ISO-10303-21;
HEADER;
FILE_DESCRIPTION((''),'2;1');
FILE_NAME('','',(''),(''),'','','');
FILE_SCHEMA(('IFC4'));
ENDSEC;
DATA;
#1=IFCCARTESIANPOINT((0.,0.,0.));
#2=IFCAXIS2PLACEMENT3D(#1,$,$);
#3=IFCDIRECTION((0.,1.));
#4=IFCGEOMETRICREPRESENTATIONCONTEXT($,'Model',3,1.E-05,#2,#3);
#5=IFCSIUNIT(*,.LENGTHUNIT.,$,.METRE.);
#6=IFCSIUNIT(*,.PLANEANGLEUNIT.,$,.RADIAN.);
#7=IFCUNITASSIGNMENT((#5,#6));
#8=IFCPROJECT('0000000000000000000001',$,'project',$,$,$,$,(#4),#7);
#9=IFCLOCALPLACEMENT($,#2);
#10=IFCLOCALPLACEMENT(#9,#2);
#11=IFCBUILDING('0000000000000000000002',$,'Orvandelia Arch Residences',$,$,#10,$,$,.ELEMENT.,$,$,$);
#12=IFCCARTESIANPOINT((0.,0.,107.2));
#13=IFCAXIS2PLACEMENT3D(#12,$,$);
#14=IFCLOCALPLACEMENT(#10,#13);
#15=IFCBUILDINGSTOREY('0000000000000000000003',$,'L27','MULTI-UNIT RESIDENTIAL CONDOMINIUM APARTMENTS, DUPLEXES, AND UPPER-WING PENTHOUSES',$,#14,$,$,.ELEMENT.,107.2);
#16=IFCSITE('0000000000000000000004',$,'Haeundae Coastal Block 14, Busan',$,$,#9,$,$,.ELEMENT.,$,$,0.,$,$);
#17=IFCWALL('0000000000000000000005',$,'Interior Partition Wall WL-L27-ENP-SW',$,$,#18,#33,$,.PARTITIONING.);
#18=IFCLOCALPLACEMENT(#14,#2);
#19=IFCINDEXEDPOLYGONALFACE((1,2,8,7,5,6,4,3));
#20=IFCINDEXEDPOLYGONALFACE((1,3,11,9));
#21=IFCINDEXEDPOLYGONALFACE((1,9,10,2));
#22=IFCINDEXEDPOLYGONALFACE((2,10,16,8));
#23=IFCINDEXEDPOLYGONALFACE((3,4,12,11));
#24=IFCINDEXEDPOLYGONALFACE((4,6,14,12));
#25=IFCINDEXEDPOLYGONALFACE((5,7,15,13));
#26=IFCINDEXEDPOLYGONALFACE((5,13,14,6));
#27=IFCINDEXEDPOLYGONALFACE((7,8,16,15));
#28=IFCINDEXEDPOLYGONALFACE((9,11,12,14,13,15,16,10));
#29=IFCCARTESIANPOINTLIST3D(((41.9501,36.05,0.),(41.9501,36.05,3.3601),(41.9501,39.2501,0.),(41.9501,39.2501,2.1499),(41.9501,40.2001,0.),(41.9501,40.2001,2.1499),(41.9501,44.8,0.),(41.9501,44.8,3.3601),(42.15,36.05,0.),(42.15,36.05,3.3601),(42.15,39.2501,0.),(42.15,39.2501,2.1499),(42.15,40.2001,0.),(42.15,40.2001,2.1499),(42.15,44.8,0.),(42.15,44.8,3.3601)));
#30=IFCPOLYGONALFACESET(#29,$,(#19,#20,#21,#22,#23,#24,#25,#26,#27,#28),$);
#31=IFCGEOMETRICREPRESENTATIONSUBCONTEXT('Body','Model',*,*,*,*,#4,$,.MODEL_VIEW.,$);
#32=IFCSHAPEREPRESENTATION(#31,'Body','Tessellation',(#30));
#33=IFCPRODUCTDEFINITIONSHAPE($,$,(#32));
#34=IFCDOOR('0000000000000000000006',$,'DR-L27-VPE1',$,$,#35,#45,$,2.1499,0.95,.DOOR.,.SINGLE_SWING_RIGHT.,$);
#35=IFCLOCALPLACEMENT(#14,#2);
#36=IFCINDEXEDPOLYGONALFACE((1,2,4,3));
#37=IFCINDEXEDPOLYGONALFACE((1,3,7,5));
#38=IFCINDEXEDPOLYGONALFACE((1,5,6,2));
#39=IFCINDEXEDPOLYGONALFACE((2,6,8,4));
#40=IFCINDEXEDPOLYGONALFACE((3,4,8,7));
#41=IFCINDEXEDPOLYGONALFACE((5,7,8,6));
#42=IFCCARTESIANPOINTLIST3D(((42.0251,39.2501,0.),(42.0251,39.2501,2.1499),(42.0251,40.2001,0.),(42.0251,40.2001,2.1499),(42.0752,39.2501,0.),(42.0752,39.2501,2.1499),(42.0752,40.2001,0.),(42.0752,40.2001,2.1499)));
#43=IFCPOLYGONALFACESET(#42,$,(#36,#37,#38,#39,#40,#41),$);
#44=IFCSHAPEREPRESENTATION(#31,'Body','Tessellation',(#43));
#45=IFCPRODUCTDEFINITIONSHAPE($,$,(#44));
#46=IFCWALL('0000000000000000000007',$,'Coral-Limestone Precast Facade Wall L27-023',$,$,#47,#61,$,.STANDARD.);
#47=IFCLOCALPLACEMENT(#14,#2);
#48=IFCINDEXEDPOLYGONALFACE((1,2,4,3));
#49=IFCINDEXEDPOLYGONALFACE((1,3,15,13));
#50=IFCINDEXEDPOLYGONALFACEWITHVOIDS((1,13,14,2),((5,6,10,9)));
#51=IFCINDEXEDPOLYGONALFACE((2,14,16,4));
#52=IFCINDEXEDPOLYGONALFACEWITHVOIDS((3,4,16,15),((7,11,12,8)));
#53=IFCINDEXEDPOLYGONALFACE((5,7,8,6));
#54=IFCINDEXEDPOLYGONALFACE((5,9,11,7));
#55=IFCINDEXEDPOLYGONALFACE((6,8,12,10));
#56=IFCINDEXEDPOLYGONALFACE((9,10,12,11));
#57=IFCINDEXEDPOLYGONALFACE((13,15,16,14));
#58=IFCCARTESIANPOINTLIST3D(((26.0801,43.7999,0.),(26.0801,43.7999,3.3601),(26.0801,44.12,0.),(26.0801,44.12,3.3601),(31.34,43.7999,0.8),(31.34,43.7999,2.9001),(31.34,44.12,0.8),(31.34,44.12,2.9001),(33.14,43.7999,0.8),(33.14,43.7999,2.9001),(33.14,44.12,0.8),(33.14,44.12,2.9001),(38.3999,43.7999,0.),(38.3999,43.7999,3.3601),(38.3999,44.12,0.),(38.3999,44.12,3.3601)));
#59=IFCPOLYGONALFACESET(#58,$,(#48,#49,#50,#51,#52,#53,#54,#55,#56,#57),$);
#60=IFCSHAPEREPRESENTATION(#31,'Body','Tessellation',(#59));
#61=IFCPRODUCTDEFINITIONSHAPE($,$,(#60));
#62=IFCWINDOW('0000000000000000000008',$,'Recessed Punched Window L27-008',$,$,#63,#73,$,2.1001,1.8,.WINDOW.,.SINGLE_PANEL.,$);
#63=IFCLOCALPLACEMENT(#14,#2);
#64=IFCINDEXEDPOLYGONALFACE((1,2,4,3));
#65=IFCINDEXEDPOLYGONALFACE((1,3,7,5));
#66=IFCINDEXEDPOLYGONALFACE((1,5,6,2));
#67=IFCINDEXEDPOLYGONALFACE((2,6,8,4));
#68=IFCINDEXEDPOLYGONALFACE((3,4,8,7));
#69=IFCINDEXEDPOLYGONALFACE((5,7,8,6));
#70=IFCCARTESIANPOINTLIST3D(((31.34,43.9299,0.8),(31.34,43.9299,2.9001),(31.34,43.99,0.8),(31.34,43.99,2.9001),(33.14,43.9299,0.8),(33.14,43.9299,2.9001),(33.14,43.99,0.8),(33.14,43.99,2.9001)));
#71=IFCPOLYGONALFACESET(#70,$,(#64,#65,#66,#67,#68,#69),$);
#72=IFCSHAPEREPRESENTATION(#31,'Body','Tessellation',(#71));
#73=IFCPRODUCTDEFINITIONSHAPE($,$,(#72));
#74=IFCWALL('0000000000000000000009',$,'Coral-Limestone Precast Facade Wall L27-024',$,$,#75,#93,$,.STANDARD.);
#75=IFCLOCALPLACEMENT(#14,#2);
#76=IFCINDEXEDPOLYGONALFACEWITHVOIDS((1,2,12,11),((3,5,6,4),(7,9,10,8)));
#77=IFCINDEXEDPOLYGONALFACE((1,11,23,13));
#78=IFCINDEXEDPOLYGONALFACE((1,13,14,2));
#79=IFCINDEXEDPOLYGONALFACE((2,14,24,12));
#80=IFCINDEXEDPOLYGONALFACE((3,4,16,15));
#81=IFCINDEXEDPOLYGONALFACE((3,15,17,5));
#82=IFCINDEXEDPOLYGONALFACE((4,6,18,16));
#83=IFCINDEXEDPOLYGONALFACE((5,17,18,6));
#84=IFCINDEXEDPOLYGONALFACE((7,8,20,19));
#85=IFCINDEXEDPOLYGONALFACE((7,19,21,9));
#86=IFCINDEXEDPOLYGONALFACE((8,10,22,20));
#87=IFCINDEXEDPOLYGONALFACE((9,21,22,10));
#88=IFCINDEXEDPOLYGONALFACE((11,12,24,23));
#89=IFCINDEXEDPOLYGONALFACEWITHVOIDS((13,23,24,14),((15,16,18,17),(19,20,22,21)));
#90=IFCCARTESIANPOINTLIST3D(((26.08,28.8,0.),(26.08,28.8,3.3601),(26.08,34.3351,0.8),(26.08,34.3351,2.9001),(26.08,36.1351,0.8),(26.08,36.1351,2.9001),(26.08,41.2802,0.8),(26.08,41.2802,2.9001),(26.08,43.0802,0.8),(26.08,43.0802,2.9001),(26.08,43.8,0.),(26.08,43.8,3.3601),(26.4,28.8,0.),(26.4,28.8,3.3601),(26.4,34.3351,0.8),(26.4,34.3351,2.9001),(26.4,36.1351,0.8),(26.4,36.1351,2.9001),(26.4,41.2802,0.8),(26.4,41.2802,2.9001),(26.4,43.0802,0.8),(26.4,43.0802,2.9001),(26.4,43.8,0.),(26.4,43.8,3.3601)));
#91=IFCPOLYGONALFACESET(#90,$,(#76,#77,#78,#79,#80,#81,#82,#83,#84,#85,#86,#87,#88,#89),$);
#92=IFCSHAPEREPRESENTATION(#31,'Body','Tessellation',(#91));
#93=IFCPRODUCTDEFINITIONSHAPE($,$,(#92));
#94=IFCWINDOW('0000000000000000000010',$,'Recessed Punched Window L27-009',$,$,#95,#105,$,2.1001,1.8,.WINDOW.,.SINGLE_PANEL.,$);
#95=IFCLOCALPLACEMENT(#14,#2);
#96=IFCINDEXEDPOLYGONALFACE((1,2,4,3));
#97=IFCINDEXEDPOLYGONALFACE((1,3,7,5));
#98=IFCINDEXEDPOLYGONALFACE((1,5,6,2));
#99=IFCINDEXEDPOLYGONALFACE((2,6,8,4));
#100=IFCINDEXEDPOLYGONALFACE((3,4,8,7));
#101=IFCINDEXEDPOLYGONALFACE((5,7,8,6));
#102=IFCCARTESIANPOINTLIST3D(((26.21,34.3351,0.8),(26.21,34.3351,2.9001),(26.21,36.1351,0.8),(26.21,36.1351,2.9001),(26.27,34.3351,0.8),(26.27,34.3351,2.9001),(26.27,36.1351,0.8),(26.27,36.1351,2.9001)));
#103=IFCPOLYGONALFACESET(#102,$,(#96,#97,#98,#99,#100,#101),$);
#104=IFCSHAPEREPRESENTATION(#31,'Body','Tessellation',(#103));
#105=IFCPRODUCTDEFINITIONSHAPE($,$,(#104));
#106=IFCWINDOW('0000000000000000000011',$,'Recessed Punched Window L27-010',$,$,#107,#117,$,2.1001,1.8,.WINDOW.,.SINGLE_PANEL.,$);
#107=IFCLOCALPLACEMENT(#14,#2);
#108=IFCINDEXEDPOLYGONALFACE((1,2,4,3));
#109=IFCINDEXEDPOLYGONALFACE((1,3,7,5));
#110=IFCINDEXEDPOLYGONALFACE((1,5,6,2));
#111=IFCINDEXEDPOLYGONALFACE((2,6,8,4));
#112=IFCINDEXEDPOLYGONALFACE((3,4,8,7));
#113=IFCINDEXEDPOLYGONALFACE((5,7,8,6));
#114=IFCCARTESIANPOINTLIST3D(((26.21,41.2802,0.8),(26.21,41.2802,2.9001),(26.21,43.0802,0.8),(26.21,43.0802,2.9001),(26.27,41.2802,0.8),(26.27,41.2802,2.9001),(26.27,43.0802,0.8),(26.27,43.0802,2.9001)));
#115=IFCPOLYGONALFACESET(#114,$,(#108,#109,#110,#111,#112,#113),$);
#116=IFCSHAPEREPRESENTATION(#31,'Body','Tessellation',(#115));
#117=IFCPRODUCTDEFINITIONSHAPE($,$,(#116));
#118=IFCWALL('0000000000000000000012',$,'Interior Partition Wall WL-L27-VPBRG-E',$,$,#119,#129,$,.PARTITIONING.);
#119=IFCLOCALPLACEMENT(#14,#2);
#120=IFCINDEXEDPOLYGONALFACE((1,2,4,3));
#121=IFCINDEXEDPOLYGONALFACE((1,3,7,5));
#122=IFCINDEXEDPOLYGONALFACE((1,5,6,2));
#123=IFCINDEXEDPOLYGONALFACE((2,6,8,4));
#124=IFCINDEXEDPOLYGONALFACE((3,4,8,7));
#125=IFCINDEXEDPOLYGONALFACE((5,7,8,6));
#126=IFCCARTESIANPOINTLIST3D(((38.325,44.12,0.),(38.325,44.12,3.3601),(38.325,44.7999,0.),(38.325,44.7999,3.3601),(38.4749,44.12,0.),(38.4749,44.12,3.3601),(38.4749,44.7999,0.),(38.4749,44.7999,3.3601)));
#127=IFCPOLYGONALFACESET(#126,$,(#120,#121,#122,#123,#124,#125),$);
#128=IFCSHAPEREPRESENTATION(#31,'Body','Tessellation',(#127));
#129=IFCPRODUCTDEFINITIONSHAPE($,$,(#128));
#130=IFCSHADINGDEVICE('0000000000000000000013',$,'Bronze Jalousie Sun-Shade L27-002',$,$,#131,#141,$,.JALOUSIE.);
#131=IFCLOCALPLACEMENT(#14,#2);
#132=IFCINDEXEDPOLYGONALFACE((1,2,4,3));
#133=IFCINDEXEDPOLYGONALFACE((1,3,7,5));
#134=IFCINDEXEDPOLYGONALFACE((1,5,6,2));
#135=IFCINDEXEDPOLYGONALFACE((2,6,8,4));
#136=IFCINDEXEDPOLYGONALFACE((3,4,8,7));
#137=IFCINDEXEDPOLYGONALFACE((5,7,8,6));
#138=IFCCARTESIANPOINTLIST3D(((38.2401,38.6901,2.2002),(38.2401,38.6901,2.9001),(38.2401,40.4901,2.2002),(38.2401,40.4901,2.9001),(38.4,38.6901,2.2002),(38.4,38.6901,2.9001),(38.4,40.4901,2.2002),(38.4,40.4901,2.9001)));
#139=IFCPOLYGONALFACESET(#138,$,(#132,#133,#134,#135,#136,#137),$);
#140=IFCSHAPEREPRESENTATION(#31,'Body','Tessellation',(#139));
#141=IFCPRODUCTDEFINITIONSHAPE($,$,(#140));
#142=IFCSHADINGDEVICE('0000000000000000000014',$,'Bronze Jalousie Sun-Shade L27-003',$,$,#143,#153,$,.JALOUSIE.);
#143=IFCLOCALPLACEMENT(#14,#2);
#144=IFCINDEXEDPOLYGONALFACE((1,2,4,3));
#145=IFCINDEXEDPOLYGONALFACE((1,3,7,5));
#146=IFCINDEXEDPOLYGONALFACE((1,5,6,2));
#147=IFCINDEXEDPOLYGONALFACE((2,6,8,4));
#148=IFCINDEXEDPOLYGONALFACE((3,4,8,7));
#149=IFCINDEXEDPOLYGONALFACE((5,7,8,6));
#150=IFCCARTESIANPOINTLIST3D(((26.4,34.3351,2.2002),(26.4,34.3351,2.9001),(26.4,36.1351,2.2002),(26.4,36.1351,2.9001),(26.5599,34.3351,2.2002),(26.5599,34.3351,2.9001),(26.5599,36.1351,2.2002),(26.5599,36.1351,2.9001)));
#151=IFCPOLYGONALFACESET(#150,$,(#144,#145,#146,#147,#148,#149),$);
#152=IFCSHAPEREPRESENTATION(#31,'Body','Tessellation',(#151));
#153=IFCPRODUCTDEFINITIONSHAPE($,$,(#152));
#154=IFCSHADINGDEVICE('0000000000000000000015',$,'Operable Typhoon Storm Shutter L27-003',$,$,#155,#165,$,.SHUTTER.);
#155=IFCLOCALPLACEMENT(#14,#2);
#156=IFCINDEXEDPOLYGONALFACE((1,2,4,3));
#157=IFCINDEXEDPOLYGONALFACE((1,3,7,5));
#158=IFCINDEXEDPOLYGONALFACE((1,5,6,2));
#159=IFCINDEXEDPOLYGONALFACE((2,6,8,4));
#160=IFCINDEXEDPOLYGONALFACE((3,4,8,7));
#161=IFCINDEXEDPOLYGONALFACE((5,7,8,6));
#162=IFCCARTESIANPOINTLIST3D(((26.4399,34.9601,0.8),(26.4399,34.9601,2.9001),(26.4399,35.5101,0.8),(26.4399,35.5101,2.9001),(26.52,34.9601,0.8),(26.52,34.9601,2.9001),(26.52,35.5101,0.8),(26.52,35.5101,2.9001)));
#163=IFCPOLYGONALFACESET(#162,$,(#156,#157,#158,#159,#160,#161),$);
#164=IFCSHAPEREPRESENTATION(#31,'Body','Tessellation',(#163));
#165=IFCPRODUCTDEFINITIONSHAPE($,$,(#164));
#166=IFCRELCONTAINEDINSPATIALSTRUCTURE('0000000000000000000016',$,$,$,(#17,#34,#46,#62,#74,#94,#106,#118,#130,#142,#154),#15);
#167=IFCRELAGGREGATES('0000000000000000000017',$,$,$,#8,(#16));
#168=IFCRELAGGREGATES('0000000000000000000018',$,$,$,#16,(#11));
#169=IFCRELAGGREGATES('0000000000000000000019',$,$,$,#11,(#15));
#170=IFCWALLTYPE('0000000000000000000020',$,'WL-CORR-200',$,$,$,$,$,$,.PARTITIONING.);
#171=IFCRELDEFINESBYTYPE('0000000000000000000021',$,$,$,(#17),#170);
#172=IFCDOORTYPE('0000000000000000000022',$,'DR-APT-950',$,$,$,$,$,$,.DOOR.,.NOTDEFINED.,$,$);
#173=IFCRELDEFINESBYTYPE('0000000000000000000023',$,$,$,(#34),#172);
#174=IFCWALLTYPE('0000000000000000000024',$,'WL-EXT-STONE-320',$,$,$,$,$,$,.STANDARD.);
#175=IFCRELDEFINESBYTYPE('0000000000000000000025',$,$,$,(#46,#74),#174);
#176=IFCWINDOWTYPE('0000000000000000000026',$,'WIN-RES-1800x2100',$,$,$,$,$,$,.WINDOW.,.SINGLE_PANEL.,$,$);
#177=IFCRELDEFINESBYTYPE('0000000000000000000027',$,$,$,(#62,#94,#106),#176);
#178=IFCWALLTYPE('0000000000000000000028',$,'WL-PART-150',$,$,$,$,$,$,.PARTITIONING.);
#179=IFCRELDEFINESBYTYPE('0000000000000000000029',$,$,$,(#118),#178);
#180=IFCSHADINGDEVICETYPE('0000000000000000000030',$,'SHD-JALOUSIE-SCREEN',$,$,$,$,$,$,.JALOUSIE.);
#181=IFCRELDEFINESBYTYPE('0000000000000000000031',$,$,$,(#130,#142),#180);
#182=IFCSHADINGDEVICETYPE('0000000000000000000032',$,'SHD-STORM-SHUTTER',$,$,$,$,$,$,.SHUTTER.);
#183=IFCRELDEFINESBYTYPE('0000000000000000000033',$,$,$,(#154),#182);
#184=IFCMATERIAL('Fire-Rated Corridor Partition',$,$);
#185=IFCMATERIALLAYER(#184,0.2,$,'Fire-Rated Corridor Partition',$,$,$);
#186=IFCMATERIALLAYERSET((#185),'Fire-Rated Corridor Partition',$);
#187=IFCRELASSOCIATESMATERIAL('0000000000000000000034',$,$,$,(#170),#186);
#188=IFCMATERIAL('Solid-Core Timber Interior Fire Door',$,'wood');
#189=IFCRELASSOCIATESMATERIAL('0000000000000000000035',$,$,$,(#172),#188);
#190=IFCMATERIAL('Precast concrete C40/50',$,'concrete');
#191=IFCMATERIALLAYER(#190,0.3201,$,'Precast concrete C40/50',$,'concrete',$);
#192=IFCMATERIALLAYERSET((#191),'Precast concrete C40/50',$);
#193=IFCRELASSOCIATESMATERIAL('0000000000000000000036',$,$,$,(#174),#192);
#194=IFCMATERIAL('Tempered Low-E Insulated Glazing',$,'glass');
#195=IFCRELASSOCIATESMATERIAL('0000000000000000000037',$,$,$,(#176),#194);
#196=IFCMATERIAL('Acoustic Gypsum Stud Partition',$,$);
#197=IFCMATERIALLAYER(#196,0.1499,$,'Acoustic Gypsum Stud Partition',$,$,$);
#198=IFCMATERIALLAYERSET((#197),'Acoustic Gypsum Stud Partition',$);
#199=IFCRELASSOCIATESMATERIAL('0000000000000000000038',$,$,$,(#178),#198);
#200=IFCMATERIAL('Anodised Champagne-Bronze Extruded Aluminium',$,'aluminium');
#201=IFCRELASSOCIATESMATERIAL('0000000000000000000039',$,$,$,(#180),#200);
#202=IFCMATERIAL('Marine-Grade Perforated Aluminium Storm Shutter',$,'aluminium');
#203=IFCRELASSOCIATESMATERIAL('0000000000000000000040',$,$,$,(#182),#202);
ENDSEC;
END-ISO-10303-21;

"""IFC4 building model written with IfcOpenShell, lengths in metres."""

from ifc_helpers import new_model, si_unit, direction, frame, frame_2d, origin, origin_2d, place, context, subcontext, project, spatial, rectangle, extrude, material, layer, layer_set, type_object, element, fill, save


model = new_model("IFC4")

# Units and contexts
model_context = context("Model", 3, precision=1e-05, world=origin(), true_north=direction((0.0, 1.0)))
body_context = subcontext(model_context, "Body", "Model", "MODEL_VIEW")
ifc_project = project(units=[si_unit("LENGTHUNIT", "METRE"), si_unit("PLANEANGLEUNIT", "RADIAN")], contexts=[model_context])

# Site, building, storey
site_placement = place(None, origin())
site = spatial("IfcSite", under=ifc_project, at=site_placement, Name="Haeundae Coastal Block 14, Busan", CompositionType="ELEMENT", RefElevation=0.0)
building_placement = place(site_placement, origin())
building = spatial("IfcBuilding", under=site, at=building_placement, Name="Orvandelia Arch Residences", CompositionType="ELEMENT")
storey_placement = place(building_placement, frame((0.0, 0.0, 107.2)))
storey = spatial("IfcBuildingStorey", under=building, at=storey_placement, Name="L27", Description="MULTI-UNIT RESIDENTIAL CONDOMINIUM APARTMENTS, DUPLEXES, AND UPPER-WING PENTHOUSES", CompositionType="ELEMENT", Elevation=107.2)

# Wall, opening, door
ifc_material_1 = material(Name="Fire-Rated Corridor Partition")
ifc_layer_1 = layer(ifc_material_1, 0.2, Name="Fire-Rated Corridor Partition")
ifc_layer_set_1 = layer_set([ifc_layer_1], Name="Fire-Rated Corridor Partition")
wall_type_1 = type_object("IfcWallType", Name="WL-CORR-200", PredefinedType="PARTITIONING", material=ifc_layer_set_1)
wall_1_placement = place(storey_placement, frame((42.05, 36.05, 0.0), z_axis=(0.0, 0.0, 1.0), x_axis=(0.0, 1.0, 0.0)))
wall_1 = element("IfcWall", 1, at=wall_1_placement, inside=storey, type_object=wall_type_1, Name="Interior Partition Wall WL-L27-ENP-SW", PredefinedType="PARTITIONING", context=body_context, shape_type="SweptSolid", body=[
    extrude(rectangle(XDim=8.75, YDim=0.2, at=frame_2d((4.375, 0.0))), origin(), (0.0, 0.0, 1.0), 3.3601),
])
opening_1_placement = place(wall_1_placement, frame((3.2, 0.0, 0.0)))
opening_1 = element("IfcOpeningElement", 2, at=opening_1_placement, cuts=wall_1, PredefinedType="OPENING", context=body_context, shape_type="SweptSolid", body=[
    extrude(rectangle(XDim=0.95, YDim=2.1499, at=frame_2d((0.4751, 1.075))), frame((0.0, 0.1099, 0.0), z_axis=(0.0, -1.0, 0.0), x_axis=(1.0, 0.0, 0.0)), (0.0, 0.0, 1.0), 0.22),
])
ifc_material_2 = material(Name="Solid-Core Timber Interior Fire Door", Category="wood")
door_type_1 = type_object("IfcDoorType", Name="DR-APT-950", OperationType="NOTDEFINED", PredefinedType="DOOR", material=ifc_material_2)
door_1_placement = place(opening_1_placement, origin())
door_1 = element("IfcDoor", 3, at=door_1_placement, inside=storey, type_object=door_type_1, Name="DR-L27-VPE1", OperationType="SINGLE_SWING_RIGHT", OverallHeight=2.1499, OverallWidth=0.95, PredefinedType="DOOR", context=body_context, shape_type="SweptSolid", body=[
    extrude(rectangle(XDim=0.95, YDim=2.1499, at=frame_2d((0.4751, 1.075))), frame((0.0, 0.0249, 0.0), z_axis=(0.0, -1.0, 0.0), x_axis=(1.0, 0.0, 0.0)), (0.0, 0.0, 1.0), 0.05),
])
fill(opening_1, door_1)

# Wall, opening, window
ifc_material_3 = material(Name="Precast concrete C40/50", Category="concrete")
ifc_layer_2 = layer(ifc_material_3, 0.3201, Name="Precast concrete C40/50", Category="concrete")
ifc_layer_set_2 = layer_set([ifc_layer_2], Name="Precast concrete C40/50")
wall_type_2 = type_object("IfcWallType", Name="WL-EXT-STONE-320", PredefinedType="STANDARD", material=ifc_layer_set_2)
wall_2_placement = place(storey_placement, frame((38.3999, 43.96, 0.0), z_axis=(0.0, 0.0, 1.0), x_axis=(-1.0, 0.0, 0.0)))
wall_2 = element("IfcWall", 4, at=wall_2_placement, inside=storey, type_object=wall_type_2, Name="Coral-Limestone Precast Facade Wall L27-023", PredefinedType="STANDARD", context=body_context, shape_type="SweptSolid", body=[
    extrude(rectangle(XDim=12.3198, YDim=0.3201, at=frame_2d((6.1599, 0.0))), origin(), (0.0, 0.0, 1.0), 3.3601),
])
opening_2_placement = place(wall_2_placement, frame((5.26, 0.0, 0.8)))
opening_2 = element("IfcOpeningElement", 5, at=opening_2_placement, cuts=wall_2, PredefinedType="OPENING", context=body_context, shape_type="SweptSolid", body=[
    extrude(rectangle(XDim=1.8, YDim=2.1001, at=frame_2d((0.8999, 1.05))), frame((0.0, 0.1699, 0.0), z_axis=(0.0, -1.0, 0.0), x_axis=(1.0, 0.0, 0.0)), (0.0, 0.0, 1.0), 0.3401),
])
ifc_material_4 = material(Name="Tempered Low-E Insulated Glazing", Category="glass")
window_type = type_object("IfcWindowType", Name="WIN-RES-1800x2100", PartitioningType="SINGLE_PANEL", PredefinedType="WINDOW", material=ifc_material_4)
window_1_placement = place(opening_2_placement, origin())
window_1 = element("IfcWindow", 6, at=window_1_placement, inside=storey, type_object=window_type, Name="Recessed Punched Window L27-008", OverallHeight=2.1001, OverallWidth=1.8, PartitioningType="SINGLE_PANEL", PredefinedType="WINDOW", context=body_context, shape_type="SweptSolid", body=[
    extrude(rectangle(XDim=1.8, YDim=2.1001, at=frame_2d((0.8999, 1.05))), frame((0.0, 0.03, 0.0), z_axis=(0.0, -1.0, 0.0), x_axis=(1.0, 0.0, 0.0)), (0.0, 0.0, 1.0), 0.0601),
])
fill(opening_2, window_1)

# Wall, openings, windows
wall_3_placement = place(storey_placement, frame((26.24, 43.8, 0.0), z_axis=(0.0, 0.0, 1.0), x_axis=(0.0, -1.0, 0.0)))
wall_3 = element("IfcWall", 7, at=wall_3_placement, inside=storey, type_object=wall_type_2, Name="Coral-Limestone Precast Facade Wall L27-024", PredefinedType="STANDARD", context=body_context, shape_type="SweptSolid", body=[
    extrude(rectangle(XDim=15.0, YDim=0.3201, at=frame_2d((7.5, 0.0))), origin(), (0.0, 0.0, 1.0), 3.3601),
])
opening_3_placement = place(wall_3_placement, frame((7.665, 0.0, 0.8)))
opening_3 = element("IfcOpeningElement", 8, at=opening_3_placement, cuts=wall_3, PredefinedType="OPENING", context=body_context, shape_type="SweptSolid", body=[
    extrude(rectangle(XDim=1.8, YDim=2.1001, at=frame_2d((0.8999, 1.05))), frame((0.0, 0.1699, 0.0), z_axis=(0.0, -1.0, 0.0), x_axis=(1.0, 0.0, 0.0)), (0.0, 0.0, 1.0), 0.3401),
])
opening_4_placement = place(wall_3_placement, frame((0.72, 0.0, 0.8)))
opening_4 = element("IfcOpeningElement", 9, at=opening_4_placement, cuts=wall_3, PredefinedType="OPENING", context=body_context, shape_type="SweptSolid", body=[
    extrude(rectangle(XDim=1.8, YDim=2.1001, at=frame_2d((0.8999, 1.05))), frame((0.0, 0.1699, 0.0), z_axis=(0.0, -1.0, 0.0), x_axis=(1.0, 0.0, 0.0)), (0.0, 0.0, 1.0), 0.3401),
])
window_2_placement = place(opening_3_placement, origin())
window_2 = element("IfcWindow", 10, at=window_2_placement, inside=storey, type_object=window_type, Name="Recessed Punched Window L27-009", OverallHeight=2.1001, OverallWidth=1.8, PartitioningType="SINGLE_PANEL", PredefinedType="WINDOW", context=body_context, shape_type="SweptSolid", body=[
    extrude(rectangle(XDim=1.8, YDim=2.1001, at=frame_2d((0.8999, 1.05))), frame((0.0, 0.03, 0.0), z_axis=(0.0, -1.0, 0.0), x_axis=(1.0, 0.0, 0.0)), (0.0, 0.0, 1.0), 0.0601),
])
fill(opening_3, window_2)
window_3_placement = place(opening_4_placement, origin())
window_3 = element("IfcWindow", 11, at=window_3_placement, inside=storey, type_object=window_type, Name="Recessed Punched Window L27-010", OverallHeight=2.1001, OverallWidth=1.8, PartitioningType="SINGLE_PANEL", PredefinedType="WINDOW", context=body_context, shape_type="SweptSolid", body=[
    extrude(rectangle(XDim=1.8, YDim=2.1001, at=frame_2d((0.8999, 1.05))), frame((0.0, 0.03, 0.0), z_axis=(0.0, -1.0, 0.0), x_axis=(1.0, 0.0, 0.0)), (0.0, 0.0, 1.0), 0.0601),
])
fill(opening_4, window_3)

# Wall
ifc_material_5 = material(Name="Acoustic Gypsum Stud Partition")
ifc_layer_3 = layer(ifc_material_5, 0.1499, Name="Acoustic Gypsum Stud Partition")
ifc_layer_set_3 = layer_set([ifc_layer_3], Name="Acoustic Gypsum Stud Partition")
wall_type_3 = type_object("IfcWallType", Name="WL-PART-150", PredefinedType="PARTITIONING", material=ifc_layer_set_3)
wall_4_placement = place(storey_placement, frame((38.3999, 44.1201, 0.0), z_axis=(0.0, 0.0, 1.0), x_axis=(0.0, 1.0, 0.0)))
element("IfcWall", 12, at=wall_4_placement, inside=storey, type_object=wall_type_3, Name="Interior Partition Wall WL-L27-VPBRG-E", PredefinedType="PARTITIONING", context=body_context, shape_type="SweptSolid", body=[
    extrude(rectangle(XDim=0.6799, YDim=0.1499, at=frame_2d((0.3398, 0.0))), origin(), (0.0, 0.0, 1.0), 3.3601),
])

# Shading devices
ifc_material_6 = material(Name="Anodised Champagne-Bronze Extruded Aluminium", Category="aluminium")
shading_device_type_1 = type_object("IfcShadingDeviceType", Name="SHD-JALOUSIE-SCREEN", PredefinedType="JALOUSIE", material=ifc_material_6)
for number, where, z_axis, x_axis, name in (
    (13, (38.3201, 39.5901, 2.2002), (0.0, 0.0, 1.0), (0.0, 1.0, 0.0), "Bronze Jalousie Sun-Shade L27-002"),
    (14, (26.48, 35.2351, 2.2002), (0.0, 0.0, 1.0), (0.0, -1.0, 0.0), "Bronze Jalousie Sun-Shade L27-003"),
):
    element("IfcShadingDevice", number, at=place(storey_placement, frame(where, z_axis=z_axis, x_axis=x_axis)), inside=storey, type_object=shading_device_type_1, Name=name, PredefinedType="JALOUSIE", context=body_context, shape_type="SweptSolid", body=[
        extrude(rectangle(XDim=1.8, YDim=0.1599, at=origin_2d()), origin(), (0.0, 0.0, 1.0), 0.7),
    ])
ifc_material_7 = material(Name="Marine-Grade Perforated Aluminium Storm Shutter", Category="aluminium")
shading_device_type_2 = type_object("IfcShadingDeviceType", Name="SHD-STORM-SHUTTER", PredefinedType="SHUTTER", material=ifc_material_7)
shading_device_placement = place(storey_placement, frame((26.48, 35.2351, 0.8), z_axis=(0.0, 0.0, 1.0), x_axis=(0.0, -1.0, 0.0)))
element("IfcShadingDevice", 15, at=shading_device_placement, inside=storey, type_object=shading_device_type_2, Name="Operable Typhoon Storm Shutter L27-003", PredefinedType="SHUTTER", context=body_context, shape_type="SweptSolid", body=[
    extrude(rectangle(XDim=0.55, YDim=0.0801, at=origin_2d()), origin(), (0.0, 0.0, 1.0), 2.1001),
])

save(model, "model.ifc")
